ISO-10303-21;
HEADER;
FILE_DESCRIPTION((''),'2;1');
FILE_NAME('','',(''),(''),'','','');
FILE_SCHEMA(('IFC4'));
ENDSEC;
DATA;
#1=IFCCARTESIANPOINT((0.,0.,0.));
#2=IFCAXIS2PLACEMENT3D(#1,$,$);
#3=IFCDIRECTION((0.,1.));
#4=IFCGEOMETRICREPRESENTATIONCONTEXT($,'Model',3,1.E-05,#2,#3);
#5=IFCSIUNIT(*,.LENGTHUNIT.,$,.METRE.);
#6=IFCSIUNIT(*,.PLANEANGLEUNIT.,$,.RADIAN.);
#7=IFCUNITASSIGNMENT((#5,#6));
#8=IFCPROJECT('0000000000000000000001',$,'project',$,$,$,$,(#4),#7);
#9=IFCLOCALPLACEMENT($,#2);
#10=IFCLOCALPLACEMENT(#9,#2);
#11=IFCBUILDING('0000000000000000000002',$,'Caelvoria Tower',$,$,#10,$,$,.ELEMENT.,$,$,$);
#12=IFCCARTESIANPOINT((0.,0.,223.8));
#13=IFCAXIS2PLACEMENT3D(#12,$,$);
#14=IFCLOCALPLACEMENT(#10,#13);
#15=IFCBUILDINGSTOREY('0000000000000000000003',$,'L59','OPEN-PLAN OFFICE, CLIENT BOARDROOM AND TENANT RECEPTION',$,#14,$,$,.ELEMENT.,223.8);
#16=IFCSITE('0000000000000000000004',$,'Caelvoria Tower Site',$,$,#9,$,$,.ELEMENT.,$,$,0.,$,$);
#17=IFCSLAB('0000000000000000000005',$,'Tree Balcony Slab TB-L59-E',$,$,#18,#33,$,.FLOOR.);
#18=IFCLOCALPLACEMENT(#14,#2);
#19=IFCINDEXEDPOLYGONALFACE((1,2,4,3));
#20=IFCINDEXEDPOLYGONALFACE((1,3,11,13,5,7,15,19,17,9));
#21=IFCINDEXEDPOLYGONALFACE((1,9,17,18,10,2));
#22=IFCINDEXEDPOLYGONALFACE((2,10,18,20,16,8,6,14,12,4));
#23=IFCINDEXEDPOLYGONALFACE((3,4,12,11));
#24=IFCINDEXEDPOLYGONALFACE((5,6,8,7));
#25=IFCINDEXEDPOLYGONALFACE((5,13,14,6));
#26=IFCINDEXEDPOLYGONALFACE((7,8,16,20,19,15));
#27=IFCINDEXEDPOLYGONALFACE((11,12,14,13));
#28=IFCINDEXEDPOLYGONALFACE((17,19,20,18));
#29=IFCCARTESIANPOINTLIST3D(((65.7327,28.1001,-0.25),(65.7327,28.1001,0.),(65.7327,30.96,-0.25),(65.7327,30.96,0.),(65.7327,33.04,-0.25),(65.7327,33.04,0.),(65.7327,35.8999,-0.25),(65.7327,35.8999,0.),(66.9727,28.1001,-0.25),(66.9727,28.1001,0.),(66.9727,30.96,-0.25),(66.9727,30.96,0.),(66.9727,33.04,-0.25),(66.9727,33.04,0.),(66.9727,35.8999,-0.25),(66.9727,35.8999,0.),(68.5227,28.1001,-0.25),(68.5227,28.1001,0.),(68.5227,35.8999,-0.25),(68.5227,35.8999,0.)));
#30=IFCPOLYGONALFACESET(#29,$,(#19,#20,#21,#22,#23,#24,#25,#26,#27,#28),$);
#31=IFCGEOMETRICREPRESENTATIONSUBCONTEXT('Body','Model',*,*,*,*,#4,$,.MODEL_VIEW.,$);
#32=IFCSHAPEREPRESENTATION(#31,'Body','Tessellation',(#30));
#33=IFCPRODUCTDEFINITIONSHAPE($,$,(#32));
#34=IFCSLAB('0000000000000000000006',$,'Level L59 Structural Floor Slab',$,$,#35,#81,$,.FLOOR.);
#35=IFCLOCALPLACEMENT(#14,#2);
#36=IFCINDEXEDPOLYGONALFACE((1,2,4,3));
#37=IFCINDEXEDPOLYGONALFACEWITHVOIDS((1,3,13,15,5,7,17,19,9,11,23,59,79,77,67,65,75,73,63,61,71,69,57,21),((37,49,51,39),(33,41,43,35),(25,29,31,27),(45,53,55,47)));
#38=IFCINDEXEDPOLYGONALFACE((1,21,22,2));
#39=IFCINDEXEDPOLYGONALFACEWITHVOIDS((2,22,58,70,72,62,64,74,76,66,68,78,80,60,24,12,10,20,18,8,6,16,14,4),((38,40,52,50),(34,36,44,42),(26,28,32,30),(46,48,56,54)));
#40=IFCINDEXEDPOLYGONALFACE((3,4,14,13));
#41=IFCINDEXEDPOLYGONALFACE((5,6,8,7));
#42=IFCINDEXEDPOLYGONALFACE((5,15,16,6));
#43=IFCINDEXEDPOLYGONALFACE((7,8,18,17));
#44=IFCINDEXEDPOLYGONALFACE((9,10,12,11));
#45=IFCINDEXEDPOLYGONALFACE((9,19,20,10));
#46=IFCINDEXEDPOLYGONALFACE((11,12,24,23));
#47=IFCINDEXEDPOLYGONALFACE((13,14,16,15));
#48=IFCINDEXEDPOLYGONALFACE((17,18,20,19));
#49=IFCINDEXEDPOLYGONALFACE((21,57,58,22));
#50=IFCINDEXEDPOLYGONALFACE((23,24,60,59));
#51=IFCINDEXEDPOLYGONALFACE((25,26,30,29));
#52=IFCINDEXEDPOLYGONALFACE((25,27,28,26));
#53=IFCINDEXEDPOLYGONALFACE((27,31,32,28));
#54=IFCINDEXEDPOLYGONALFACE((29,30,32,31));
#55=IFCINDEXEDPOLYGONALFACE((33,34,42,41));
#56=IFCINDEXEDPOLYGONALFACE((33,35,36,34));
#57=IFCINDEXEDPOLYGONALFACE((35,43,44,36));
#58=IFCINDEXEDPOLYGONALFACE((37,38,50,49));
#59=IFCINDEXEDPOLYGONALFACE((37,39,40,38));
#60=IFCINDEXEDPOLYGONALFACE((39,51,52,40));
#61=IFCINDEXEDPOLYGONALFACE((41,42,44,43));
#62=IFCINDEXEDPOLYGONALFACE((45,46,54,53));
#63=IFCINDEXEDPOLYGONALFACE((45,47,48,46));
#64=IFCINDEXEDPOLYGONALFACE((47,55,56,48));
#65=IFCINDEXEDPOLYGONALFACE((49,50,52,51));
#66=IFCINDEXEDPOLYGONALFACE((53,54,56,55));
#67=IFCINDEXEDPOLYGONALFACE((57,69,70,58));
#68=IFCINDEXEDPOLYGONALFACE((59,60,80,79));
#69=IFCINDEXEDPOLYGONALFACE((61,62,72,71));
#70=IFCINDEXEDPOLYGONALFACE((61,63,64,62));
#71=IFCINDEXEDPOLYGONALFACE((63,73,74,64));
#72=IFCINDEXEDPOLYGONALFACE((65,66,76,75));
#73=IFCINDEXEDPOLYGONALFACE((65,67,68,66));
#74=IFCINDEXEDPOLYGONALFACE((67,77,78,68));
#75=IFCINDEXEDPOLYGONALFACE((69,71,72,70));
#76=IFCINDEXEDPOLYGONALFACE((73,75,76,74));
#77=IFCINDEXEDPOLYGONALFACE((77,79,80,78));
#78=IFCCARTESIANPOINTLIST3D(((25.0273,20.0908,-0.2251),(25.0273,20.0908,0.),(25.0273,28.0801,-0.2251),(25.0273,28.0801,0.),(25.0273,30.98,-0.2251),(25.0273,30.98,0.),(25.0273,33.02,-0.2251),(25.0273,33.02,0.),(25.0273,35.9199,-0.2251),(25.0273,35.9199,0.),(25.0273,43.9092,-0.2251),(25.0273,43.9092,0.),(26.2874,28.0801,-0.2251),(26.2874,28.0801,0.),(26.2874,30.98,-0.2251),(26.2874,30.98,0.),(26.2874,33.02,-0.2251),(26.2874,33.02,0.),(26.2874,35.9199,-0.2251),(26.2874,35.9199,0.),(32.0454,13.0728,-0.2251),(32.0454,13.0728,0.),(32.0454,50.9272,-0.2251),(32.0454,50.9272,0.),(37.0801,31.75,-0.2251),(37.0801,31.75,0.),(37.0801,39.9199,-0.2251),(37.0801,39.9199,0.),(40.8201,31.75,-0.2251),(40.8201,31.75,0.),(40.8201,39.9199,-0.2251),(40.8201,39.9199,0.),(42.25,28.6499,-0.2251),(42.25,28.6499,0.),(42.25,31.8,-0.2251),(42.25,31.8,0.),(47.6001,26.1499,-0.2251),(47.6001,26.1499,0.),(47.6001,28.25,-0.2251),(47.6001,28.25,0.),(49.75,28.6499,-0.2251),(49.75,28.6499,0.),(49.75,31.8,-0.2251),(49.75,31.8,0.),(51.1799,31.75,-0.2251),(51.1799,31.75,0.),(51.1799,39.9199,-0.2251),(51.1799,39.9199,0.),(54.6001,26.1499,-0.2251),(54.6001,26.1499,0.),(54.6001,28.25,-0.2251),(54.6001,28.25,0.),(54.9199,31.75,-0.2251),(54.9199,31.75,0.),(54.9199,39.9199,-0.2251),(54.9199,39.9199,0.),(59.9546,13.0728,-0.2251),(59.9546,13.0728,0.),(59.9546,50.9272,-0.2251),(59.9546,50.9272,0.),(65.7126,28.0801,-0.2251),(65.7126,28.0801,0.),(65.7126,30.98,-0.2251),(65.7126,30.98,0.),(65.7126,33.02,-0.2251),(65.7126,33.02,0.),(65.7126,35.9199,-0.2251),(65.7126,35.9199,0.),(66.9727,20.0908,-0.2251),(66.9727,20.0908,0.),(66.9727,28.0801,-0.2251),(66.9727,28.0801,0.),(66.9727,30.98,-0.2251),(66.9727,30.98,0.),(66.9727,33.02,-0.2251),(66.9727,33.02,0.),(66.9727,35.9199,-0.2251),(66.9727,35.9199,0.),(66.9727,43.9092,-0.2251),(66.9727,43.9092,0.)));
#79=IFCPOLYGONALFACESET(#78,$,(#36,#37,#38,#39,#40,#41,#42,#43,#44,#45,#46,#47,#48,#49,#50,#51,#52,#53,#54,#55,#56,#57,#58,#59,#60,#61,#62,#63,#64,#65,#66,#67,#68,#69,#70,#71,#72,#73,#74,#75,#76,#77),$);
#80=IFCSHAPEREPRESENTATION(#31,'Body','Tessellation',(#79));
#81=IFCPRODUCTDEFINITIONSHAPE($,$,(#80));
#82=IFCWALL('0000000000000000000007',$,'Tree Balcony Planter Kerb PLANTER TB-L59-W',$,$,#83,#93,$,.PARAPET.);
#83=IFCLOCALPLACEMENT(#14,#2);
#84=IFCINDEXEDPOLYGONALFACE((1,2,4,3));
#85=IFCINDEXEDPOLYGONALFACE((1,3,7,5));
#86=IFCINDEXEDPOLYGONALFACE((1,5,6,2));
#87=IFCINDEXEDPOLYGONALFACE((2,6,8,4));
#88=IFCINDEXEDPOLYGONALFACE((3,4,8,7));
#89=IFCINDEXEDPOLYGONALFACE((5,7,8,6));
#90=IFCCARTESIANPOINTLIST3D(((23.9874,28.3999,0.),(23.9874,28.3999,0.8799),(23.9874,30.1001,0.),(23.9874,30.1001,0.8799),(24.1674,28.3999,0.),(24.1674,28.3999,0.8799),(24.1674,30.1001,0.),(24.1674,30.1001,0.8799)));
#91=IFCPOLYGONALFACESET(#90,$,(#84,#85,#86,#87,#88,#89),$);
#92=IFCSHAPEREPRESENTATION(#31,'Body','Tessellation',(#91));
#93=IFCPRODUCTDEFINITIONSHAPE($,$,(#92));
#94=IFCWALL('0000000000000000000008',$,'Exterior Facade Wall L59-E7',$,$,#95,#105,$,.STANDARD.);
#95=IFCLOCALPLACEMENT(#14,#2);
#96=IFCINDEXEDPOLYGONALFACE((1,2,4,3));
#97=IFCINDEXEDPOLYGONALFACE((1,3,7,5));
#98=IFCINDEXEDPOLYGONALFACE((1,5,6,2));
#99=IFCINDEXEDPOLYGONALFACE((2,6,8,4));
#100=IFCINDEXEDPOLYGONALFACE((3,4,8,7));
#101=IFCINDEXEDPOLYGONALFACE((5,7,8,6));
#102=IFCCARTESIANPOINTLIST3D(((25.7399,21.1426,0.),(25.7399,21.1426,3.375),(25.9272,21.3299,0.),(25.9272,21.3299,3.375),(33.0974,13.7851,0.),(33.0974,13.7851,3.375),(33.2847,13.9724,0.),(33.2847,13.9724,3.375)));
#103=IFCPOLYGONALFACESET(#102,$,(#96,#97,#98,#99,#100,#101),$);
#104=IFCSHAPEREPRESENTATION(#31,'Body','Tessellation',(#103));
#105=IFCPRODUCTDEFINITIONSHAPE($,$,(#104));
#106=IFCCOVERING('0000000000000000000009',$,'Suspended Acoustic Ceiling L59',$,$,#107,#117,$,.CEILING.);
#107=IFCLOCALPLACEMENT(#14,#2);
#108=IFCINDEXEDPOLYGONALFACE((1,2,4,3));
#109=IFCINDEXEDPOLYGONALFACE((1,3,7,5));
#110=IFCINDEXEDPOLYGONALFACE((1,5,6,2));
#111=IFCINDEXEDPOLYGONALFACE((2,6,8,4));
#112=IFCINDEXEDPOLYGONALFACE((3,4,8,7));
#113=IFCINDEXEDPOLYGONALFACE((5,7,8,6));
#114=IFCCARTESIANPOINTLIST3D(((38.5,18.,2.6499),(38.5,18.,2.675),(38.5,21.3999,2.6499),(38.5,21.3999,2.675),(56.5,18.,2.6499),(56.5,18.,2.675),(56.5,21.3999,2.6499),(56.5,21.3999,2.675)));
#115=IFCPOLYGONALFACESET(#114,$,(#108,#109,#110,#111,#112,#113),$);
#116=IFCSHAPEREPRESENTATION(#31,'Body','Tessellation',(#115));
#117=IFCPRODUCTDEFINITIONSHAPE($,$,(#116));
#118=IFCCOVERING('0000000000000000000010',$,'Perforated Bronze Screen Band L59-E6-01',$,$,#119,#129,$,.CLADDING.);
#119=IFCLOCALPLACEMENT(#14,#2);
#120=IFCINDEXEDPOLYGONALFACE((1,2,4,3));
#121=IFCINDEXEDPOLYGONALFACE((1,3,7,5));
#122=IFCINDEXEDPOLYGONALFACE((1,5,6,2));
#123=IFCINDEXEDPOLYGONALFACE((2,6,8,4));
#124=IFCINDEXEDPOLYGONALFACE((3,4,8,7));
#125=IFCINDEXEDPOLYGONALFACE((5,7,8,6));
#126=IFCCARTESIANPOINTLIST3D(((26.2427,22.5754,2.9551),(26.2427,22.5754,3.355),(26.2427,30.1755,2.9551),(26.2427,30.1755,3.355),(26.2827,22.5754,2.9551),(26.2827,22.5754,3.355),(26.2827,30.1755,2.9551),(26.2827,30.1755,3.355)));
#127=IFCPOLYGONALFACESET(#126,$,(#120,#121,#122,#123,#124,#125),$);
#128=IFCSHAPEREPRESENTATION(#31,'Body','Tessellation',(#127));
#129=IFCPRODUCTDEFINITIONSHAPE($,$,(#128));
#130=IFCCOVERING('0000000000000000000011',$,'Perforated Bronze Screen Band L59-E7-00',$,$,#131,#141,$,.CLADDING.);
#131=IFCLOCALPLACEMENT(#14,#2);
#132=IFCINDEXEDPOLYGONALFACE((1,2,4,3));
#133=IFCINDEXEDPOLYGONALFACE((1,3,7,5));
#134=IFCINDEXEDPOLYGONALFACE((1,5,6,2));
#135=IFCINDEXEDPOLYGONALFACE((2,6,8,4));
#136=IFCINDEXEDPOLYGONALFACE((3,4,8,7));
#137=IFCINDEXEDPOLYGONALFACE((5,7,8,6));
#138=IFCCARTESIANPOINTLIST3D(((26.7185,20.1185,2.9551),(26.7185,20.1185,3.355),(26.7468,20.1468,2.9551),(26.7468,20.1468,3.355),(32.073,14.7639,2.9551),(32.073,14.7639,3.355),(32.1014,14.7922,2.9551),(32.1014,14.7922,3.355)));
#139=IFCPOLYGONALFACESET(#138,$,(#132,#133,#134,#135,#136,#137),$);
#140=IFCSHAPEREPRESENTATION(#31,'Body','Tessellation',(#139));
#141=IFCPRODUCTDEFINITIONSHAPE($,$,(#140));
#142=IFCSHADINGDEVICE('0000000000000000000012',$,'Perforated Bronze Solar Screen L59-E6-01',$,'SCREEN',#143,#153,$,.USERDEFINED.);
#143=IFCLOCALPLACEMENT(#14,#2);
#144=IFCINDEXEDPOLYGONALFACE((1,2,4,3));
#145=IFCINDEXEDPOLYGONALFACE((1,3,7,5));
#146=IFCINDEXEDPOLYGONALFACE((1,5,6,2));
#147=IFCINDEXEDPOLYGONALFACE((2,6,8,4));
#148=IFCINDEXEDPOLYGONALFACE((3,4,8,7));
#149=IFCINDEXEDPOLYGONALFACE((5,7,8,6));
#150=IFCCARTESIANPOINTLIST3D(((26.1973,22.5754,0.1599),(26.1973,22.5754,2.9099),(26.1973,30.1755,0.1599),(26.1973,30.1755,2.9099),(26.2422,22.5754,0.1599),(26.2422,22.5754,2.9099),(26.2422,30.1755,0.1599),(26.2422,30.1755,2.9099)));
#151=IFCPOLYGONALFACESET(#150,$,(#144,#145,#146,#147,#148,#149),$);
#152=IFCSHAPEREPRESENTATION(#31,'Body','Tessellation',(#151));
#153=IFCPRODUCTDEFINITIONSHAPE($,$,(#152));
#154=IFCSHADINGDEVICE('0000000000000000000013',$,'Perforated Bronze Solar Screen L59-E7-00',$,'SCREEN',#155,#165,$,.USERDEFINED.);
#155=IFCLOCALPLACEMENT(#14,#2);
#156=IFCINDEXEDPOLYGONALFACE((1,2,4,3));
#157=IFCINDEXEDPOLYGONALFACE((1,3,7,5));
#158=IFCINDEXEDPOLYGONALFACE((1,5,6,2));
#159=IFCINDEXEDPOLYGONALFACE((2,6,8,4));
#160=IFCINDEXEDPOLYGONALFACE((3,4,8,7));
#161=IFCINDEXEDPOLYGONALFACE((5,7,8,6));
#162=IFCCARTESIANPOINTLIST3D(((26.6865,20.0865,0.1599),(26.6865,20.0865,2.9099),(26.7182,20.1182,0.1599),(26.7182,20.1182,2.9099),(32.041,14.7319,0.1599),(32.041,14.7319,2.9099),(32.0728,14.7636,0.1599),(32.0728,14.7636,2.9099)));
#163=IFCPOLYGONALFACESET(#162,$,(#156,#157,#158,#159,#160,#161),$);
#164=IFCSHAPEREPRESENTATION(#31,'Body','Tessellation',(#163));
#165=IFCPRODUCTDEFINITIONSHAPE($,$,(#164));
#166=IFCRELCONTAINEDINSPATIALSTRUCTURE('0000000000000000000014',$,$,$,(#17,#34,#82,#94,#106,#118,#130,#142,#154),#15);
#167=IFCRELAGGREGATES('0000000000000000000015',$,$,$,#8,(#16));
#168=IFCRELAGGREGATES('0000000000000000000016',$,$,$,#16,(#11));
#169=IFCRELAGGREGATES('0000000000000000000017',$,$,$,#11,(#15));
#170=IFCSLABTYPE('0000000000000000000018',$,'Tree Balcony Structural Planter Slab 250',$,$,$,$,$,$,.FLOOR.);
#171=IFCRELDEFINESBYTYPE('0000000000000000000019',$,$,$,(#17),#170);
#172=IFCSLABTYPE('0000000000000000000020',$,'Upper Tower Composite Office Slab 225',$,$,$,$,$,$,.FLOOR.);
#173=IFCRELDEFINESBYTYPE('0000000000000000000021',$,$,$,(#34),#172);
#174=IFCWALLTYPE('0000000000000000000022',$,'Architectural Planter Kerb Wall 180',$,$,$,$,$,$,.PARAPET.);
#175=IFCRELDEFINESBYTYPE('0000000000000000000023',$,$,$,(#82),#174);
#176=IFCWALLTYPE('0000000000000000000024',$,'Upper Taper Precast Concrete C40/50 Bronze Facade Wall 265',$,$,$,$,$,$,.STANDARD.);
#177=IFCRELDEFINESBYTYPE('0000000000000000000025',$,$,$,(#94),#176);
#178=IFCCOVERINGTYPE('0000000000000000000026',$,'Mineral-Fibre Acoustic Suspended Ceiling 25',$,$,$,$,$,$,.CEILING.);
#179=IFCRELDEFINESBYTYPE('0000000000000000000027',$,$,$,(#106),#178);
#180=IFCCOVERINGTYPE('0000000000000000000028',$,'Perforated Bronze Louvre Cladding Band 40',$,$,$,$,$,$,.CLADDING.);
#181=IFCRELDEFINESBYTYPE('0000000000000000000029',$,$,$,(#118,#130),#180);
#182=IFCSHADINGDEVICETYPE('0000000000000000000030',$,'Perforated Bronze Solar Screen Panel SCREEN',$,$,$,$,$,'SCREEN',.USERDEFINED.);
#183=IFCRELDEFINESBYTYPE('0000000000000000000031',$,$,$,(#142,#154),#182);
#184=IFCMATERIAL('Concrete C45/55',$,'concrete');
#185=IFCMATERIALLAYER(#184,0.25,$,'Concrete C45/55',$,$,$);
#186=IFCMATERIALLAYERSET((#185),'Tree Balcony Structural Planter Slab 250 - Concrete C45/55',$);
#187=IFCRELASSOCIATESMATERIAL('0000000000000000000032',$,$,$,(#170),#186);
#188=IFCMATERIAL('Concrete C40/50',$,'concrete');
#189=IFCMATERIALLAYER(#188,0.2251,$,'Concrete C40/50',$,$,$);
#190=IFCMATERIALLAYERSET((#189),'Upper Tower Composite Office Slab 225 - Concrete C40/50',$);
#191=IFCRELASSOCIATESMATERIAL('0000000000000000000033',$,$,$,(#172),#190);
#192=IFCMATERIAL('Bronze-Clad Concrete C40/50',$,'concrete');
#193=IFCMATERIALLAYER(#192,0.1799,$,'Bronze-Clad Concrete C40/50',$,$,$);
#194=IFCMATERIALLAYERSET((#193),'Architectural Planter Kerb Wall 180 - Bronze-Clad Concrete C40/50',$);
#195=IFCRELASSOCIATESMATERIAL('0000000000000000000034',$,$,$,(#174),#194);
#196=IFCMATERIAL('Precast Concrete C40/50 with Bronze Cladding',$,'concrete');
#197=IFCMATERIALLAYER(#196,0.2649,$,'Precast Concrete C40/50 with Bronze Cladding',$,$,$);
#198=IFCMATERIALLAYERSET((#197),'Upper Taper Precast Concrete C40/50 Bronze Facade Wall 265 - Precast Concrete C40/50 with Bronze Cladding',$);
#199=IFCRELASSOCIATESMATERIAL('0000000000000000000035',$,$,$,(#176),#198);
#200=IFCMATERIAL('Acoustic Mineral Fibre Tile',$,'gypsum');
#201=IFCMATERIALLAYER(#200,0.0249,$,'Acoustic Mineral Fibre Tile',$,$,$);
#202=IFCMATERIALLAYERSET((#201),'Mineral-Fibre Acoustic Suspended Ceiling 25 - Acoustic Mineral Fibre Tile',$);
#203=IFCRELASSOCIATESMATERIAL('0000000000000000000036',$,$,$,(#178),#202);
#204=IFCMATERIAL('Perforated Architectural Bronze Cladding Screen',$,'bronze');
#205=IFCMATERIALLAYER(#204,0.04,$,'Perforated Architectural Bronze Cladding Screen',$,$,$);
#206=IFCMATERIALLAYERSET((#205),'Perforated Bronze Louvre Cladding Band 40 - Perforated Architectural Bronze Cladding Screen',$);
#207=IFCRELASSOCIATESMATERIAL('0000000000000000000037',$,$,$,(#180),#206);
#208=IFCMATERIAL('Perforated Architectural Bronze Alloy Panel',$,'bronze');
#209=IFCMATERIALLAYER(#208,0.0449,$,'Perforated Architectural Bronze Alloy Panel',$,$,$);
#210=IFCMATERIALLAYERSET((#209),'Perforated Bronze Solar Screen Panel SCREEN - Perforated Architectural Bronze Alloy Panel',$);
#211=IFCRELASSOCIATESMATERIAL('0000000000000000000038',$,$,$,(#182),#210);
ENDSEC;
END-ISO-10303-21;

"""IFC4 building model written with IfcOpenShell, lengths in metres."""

from ifc_helpers import new_model, si_unit, direction, frame, frame_2d, origin, origin_2d, place, context, subcontext, project, spatial, polyline, rectangle, outline, extrude, material, layer, layer_set, type_object, element, save


model = new_model("IFC4")

# Units and contexts
model_context = context("Model", 3, precision=1e-05, world=origin(), true_north=direction((0.0, 1.0)))
body_context = subcontext(model_context, "Body", "Model", "MODEL_VIEW")
ifc_project = project(units=[si_unit("LENGTHUNIT", "METRE"), si_unit("PLANEANGLEUNIT", "RADIAN")], contexts=[model_context])

# Site, building, storey
site_placement = place(None, origin())
site = spatial("IfcSite", under=ifc_project, at=site_placement, Name="Caelvoria Tower Site", CompositionType="ELEMENT", RefElevation=0.0)
building_placement = place(site_placement, origin())
building = spatial("IfcBuilding", under=site, at=building_placement, Name="Caelvoria Tower", CompositionType="ELEMENT")
storey_placement = place(building_placement, frame((0.0, 0.0, 223.8)))
storey = spatial("IfcBuildingStorey", under=building, at=storey_placement, Name="L59", Description="OPEN-PLAN OFFICE, CLIENT BOARDROOM AND TENANT RECEPTION", CompositionType="ELEMENT", Elevation=223.8)

# Shared definitions
ifc_material_1 = material(Name="Concrete C40/50", Category="concrete")

# Slabs
ifc_material_2 = material(Name="Concrete C45/55", Category="concrete")
ifc_layer_1 = layer(ifc_material_2, 0.25, Name="Concrete C45/55")
ifc_layer_set_1 = layer_set([ifc_layer_1], Name="Tree Balcony Structural Planter Slab 250 - Concrete C45/55")
slab_type_1 = type_object("IfcSlabType", Name="Tree Balcony Structural Planter Slab 250", PredefinedType="FLOOR", material=ifc_layer_set_1)
slab_1_placement = place(storey_placement, frame((0.0, 0.0, -0.25)))
element("IfcSlab", 1, at=slab_1_placement, inside=storey, type_object=slab_type_1, Name="Tree Balcony Slab TB-L59-E", PredefinedType="FLOOR", context=body_context, shape_type="SweptSolid", body=[
    extrude(outline(polyline([(66.9727, 35.8999), (65.7327, 35.8999), (65.7327, 33.04), (66.9727, 33.04), (66.9727, 30.96), (65.7327, 30.96), (65.7327, 28.1001), (66.9727, 28.1001), (68.5227, 28.1001), (68.5227, 35.8999), (66.9727, 35.8999)])), origin(), (0.0, 0.0, 1.0), 0.25),
])
ifc_layer_2 = layer(ifc_material_1, 0.2251, Name="Concrete C40/50")
ifc_layer_set_2 = layer_set([ifc_layer_2], Name="Upper Tower Composite Office Slab 225 - Concrete C40/50")
slab_type_2 = type_object("IfcSlabType", Name="Upper Tower Composite Office Slab 225", PredefinedType="FLOOR", material=ifc_layer_set_2)
slab_2_placement = place(storey_placement, frame((0.0, 0.0, -0.2251)))
element("IfcSlab", 2, at=slab_2_placement, inside=storey, type_object=slab_type_2, Name="Level L59 Structural Floor Slab", PredefinedType="FLOOR", context=body_context, shape_type="SweptSolid", body=[
    extrude(outline(polyline([(59.9546, 50.9272), (32.0454, 50.9272), (25.0273, 43.9092), (25.0273, 35.9199), (26.2874, 35.9199), (26.2874, 33.02), (25.0273, 33.02), (25.0273, 30.98), (26.2874, 30.98), (26.2874, 28.0801), (25.0273, 28.0801), (25.0273, 20.0908), (32.0454, 13.0728), (59.9546, 13.0728), (66.9727, 20.0908), (66.9727, 28.0801), (65.7126, 28.0801), (65.7126, 30.98), (66.9727, 30.98), (66.9727, 33.02), (65.7126, 33.02), (65.7126, 35.9199), (66.9727, 35.9199), (66.9727, 43.9092), (59.9546, 50.9272)]), holes=[polyline([(37.0801, 31.75), (40.8201, 31.75), (40.8201, 39.9199), (37.0801, 39.9199), (37.0801, 31.75)]), polyline([(51.1799, 31.75), (54.9199, 31.75), (54.9199, 39.9199), (51.1799, 39.9199), (51.1799, 31.75)]), polyline([(42.25, 28.6499), (49.75, 28.6499), (49.75, 31.8), (42.25, 31.8), (42.25, 28.6499)]), polyline([(47.6001, 26.1499), (54.6001, 26.1499), (54.6001, 28.25), (47.6001, 28.25), (47.6001, 26.1499)])]), origin(), (0.0, 0.0, 1.0), 0.2251),
])

# Walls
ifc_material_3 = material(Name="Bronze-Clad Concrete C40/50", Category="concrete")
ifc_layer_3 = layer(ifc_material_3, 0.1799, Name="Bronze-Clad Concrete C40/50")
ifc_layer_set_3 = layer_set([ifc_layer_3], Name="Architectural Planter Kerb Wall 180 - Bronze-Clad Concrete C40/50")
wall_type_1 = type_object("IfcWallType", Name="Architectural Planter Kerb Wall 180", PredefinedType="PARAPET", material=ifc_layer_set_3)
wall_1_placement = place(storey_placement, frame((24.0774, 28.3999, 0.0), z_axis=(0.0, 0.0, 1.0), x_axis=(0.0, 1.0, 0.0)))
element("IfcWall", 3, at=wall_1_placement, inside=storey, type_object=wall_type_1, Name="Tree Balcony Planter Kerb PLANTER TB-L59-W", PredefinedType="PARAPET", context=body_context, shape_type="SweptSolid", body=[
    extrude(rectangle(XDim=1.7002, YDim=0.1799, at=frame_2d((0.8501, 0.0))), origin(), (0.0, 0.0, 1.0), 0.8799),
])
ifc_material_4 = material(Name="Precast Concrete C40/50 with Bronze Cladding", Category="concrete")
ifc_layer_4 = layer(ifc_material_4, 0.2649, Name="Precast Concrete C40/50 with Bronze Cladding")
ifc_layer_set_4 = layer_set([ifc_layer_4], Name="Upper Taper Precast Concrete C40/50 Bronze Facade Wall 265 - Precast Concrete C40/50 with Bronze Cladding")
wall_type_2 = type_object("IfcWallType", Name="Upper Taper Precast Concrete C40/50 Bronze Facade Wall 265", PredefinedType="STANDARD", material=ifc_layer_set_4)
wall_2_placement = place(storey_placement, frame((25.8335, 21.2363, 0.0), z_axis=(0.0, 0.0, 1.0), x_axis=(0.707107, -0.707107, 0.0)))
element("IfcWall", 4, at=wall_2_placement, inside=storey, type_object=wall_type_2, Name="Exterior Facade Wall L59-E7", PredefinedType="STANDARD", context=body_context, shape_type="SweptSolid", body=[
    extrude(rectangle(XDim=10.405, YDim=0.2649, at=frame_2d((5.2026, 0.0))), origin(), (0.0, 0.0, 1.0), 3.375),
])

# Coverings
ifc_material_5 = material(Name="Acoustic Mineral Fibre Tile", Category="gypsum")
ifc_layer_5 = layer(ifc_material_5, 0.0249, Name="Acoustic Mineral Fibre Tile")
ifc_layer_set_5 = layer_set([ifc_layer_5], Name="Mineral-Fibre Acoustic Suspended Ceiling 25 - Acoustic Mineral Fibre Tile")
covering_type_1 = type_object("IfcCoveringType", Name="Mineral-Fibre Acoustic Suspended Ceiling 25", PredefinedType="CEILING", material=ifc_layer_set_5)
covering_1_placement = place(storey_placement, frame((0.0, 0.0, 2.6499)))
element("IfcCovering", 5, at=covering_1_placement, inside=storey, type_object=covering_type_1, Name="Suspended Acoustic Ceiling L59", PredefinedType="CEILING", context=body_context, shape_type="SweptSolid", body=[
    extrude(outline(polyline([(38.5, 18.0), (56.5, 18.0), (56.5, 21.3999), (38.5, 21.3999), (38.5, 18.0)])), origin(), (0.0, 0.0, 1.0), 0.0251),
])
ifc_material_6 = material(Name="Perforated Architectural Bronze Cladding Screen", Category="bronze")
ifc_layer_6 = layer(ifc_material_6, 0.04, Name="Perforated Architectural Bronze Cladding Screen")
ifc_layer_set_6 = layer_set([ifc_layer_6], Name="Perforated Bronze Louvre Cladding Band 40 - Perforated Architectural Bronze Cladding Screen")
covering_type_2 = type_object("IfcCoveringType", Name="Perforated Bronze Louvre Cladding Band 40", PredefinedType="CLADDING", material=ifc_layer_set_6)
covering_2_placement = place(storey_placement, frame((26.2627, 26.3755, 2.9551), z_axis=(0.0, 0.0, 1.0), x_axis=(0.0, -1.0, 0.0)))
element("IfcCovering", 6, at=covering_2_placement, inside=storey, type_object=covering_type_2, Name="Perforated Bronze Screen Band L59-E6-01", PredefinedType="CLADDING", context=body_context, shape_type="SweptSolid", body=[
    extrude(rectangle(XDim=7.6001, YDim=0.04, at=origin_2d()), origin(), (0.0, 0.0, 1.0), 0.3999),
])
covering_3_placement = place(storey_placement, frame((29.4099, 17.4553, 2.9551), z_axis=(0.0, 0.0, 1.0), x_axis=(0.707107, -0.707107, 0.0)))
element("IfcCovering", 7, at=covering_3_placement, inside=storey, type_object=covering_type_2, Name="Perforated Bronze Screen Band L59-E7-00", PredefinedType="CLADDING", context=body_context, shape_type="SweptSolid", body=[
    extrude(rectangle(XDim=7.5725, YDim=0.04, at=origin_2d()), origin(), (0.0, 0.0, 1.0), 0.3999),
])

# Shading devices
ifc_material_7 = material(Name="Perforated Architectural Bronze Alloy Panel", Category="bronze")
ifc_layer_7 = layer(ifc_material_7, 0.0449, Name="Perforated Architectural Bronze Alloy Panel")
ifc_layer_set_7 = layer_set([ifc_layer_7], Name="Perforated Bronze Solar Screen Panel SCREEN - Perforated Architectural Bronze Alloy Panel")
shading_device_type = type_object("IfcShadingDeviceType", Name="Perforated Bronze Solar Screen Panel SCREEN", ElementType="SCREEN", PredefinedType="USERDEFINED", material=ifc_layer_set_7)
shading_device_1_placement = place(storey_placement, frame((26.2197, 26.3755, 0.1599), z_axis=(0.0, 0.0, 1.0), x_axis=(0.0, -1.0, 0.0)))
element("IfcShadingDevice", 8, at=shading_device_1_placement, inside=storey, type_object=shading_device_type, Name="Perforated Bronze Solar Screen L59-E6-01", ObjectType="SCREEN", PredefinedType="USERDEFINED", context=body_context, shape_type="SweptSolid", body=[
    extrude(rectangle(XDim=7.6001, YDim=0.0449, at=origin_2d()), origin(), (0.0, 0.0, 1.0), 2.75),
])
shading_device_2_placement = place(storey_placement, frame((29.3796, 17.425, 0.1599), z_axis=(0.0, 0.0, 1.0), x_axis=(0.707107, -0.707107, 0.0)))
element("IfcShadingDevice", 9, at=shading_device_2_placement, inside=storey, type_object=shading_device_type, Name="Perforated Bronze Solar Screen L59-E7-00", ObjectType="SCREEN", PredefinedType="USERDEFINED", context=body_context, shape_type="SweptSolid", body=[
    extrude(rectangle(XDim=7.5725, YDim=0.0449, at=origin_2d()), origin(), (0.0, 0.0, 1.0), 2.75),
])

save(model, "model.ifc")
